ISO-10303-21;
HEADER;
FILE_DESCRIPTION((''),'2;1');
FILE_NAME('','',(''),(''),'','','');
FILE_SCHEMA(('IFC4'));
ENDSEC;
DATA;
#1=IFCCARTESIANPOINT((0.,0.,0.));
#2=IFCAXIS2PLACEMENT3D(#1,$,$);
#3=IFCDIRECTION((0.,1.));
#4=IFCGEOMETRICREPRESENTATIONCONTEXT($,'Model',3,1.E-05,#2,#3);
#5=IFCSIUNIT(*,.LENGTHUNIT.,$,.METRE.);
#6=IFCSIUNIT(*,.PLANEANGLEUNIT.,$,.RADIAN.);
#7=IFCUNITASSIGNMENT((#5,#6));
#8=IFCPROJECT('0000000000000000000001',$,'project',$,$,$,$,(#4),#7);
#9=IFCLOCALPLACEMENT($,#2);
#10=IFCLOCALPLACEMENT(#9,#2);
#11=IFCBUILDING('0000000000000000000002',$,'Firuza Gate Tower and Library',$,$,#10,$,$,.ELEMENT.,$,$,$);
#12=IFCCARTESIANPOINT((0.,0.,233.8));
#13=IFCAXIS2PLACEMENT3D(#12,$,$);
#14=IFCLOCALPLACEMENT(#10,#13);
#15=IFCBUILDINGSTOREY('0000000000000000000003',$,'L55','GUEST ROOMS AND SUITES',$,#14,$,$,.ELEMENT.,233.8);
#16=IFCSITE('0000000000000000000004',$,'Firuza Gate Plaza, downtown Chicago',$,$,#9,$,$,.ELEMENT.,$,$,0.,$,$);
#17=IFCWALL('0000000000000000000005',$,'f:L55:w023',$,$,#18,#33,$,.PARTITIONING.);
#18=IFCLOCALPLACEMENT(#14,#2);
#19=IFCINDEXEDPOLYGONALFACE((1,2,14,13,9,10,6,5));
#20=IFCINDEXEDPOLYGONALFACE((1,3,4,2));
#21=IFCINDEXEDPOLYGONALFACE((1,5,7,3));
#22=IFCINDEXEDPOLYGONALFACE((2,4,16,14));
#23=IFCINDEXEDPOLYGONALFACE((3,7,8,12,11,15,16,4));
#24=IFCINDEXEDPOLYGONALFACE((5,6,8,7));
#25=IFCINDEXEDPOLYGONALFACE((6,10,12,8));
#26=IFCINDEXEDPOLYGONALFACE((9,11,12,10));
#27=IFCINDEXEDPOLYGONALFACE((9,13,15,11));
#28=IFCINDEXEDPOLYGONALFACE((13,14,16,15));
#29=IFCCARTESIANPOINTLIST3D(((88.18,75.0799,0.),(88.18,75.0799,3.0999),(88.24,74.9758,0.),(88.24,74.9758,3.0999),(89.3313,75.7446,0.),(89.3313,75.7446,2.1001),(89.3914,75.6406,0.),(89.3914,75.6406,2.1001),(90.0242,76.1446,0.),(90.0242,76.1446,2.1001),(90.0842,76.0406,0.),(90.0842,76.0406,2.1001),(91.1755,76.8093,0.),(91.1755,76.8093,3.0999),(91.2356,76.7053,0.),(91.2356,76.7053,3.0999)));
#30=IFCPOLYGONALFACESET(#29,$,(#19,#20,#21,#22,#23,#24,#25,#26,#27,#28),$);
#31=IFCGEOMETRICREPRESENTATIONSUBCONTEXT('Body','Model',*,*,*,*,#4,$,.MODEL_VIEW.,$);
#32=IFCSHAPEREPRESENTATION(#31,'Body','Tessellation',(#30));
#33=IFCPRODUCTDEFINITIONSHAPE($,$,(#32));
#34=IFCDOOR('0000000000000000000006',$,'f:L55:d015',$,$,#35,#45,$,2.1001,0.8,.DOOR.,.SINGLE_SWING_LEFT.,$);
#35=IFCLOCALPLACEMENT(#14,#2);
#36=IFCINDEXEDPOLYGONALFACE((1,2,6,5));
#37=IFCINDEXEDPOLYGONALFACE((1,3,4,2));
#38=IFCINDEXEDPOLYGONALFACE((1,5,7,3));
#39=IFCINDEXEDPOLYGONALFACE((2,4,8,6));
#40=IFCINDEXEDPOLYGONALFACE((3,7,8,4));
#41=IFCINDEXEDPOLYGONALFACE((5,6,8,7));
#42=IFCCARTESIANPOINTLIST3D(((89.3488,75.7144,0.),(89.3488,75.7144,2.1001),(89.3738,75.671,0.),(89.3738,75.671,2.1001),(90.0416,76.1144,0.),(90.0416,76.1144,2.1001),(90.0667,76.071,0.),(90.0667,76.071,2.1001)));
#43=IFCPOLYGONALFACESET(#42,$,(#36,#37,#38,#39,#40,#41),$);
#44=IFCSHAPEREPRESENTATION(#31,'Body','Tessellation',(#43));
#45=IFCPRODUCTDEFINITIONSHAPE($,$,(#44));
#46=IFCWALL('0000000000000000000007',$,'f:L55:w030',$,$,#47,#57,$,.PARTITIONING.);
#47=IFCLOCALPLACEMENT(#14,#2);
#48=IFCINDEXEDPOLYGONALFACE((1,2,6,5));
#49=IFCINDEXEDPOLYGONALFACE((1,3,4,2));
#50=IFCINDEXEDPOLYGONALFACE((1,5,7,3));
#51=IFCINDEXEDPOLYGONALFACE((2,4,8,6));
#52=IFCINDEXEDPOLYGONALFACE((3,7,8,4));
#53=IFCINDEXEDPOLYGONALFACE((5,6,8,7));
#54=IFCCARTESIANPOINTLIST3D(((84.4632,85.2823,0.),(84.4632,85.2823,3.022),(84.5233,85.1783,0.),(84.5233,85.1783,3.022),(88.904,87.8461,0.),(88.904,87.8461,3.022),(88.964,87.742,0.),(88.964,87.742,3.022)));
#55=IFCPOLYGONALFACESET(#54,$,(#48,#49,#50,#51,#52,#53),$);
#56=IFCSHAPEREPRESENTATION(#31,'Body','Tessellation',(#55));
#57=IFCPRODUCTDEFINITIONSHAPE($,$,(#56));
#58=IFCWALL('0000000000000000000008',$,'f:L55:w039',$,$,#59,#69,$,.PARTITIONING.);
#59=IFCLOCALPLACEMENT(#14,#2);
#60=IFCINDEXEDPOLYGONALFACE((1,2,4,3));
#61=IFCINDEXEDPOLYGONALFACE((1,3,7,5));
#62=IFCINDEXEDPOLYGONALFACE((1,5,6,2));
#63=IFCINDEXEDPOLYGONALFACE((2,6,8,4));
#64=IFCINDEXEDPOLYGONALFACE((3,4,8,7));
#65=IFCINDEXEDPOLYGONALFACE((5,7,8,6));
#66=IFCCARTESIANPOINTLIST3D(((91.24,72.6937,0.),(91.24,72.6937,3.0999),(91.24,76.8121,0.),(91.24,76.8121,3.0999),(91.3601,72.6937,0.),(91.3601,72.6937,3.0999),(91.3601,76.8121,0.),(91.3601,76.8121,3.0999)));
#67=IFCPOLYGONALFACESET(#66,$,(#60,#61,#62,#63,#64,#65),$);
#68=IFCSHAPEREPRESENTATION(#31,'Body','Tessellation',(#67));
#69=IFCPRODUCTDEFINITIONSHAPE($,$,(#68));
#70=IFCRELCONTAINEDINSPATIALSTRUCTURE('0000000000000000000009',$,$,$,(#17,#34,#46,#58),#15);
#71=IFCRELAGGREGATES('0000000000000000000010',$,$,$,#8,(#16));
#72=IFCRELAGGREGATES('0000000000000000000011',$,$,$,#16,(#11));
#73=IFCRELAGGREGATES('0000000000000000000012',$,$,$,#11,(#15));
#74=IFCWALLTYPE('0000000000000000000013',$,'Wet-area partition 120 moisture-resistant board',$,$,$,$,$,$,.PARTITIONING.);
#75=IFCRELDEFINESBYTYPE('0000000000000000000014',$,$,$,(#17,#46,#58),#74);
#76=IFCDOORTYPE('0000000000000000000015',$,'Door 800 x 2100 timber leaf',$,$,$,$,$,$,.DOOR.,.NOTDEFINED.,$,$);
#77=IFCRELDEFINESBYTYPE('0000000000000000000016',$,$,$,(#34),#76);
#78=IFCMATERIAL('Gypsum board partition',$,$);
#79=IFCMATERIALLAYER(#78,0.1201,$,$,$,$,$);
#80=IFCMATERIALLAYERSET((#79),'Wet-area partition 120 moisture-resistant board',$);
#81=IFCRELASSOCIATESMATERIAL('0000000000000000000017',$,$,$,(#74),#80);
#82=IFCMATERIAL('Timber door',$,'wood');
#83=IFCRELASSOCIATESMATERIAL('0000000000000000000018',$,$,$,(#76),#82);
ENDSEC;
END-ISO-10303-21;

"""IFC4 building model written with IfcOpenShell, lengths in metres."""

from ifc_helpers import new_model, si_unit, direction, frame, frame_2d, origin, place, context, subcontext, project, spatial, rectangle, extrude, material, layer, layer_set, type_object, element, fill, save


model = new_model("IFC4")

# Units and contexts
model_context = context("Model", 3, precision=1e-05, world=origin(), true_north=direction((0.0, 1.0)))
body_context = subcontext(model_context, "Body", "Model", "MODEL_VIEW")
ifc_project = project(units=[si_unit("LENGTHUNIT", "METRE"), si_unit("PLANEANGLEUNIT", "RADIAN")], contexts=[model_context])

# Site, building, storey
site_placement = place(None, origin())
site = spatial("IfcSite", under=ifc_project, at=site_placement, Name="Firuza Gate Plaza, downtown Chicago", CompositionType="ELEMENT", RefElevation=0.0)
building_placement = place(site_placement, origin())
building = spatial("IfcBuilding", under=site, at=building_placement, Name="Firuza Gate Tower and Library", CompositionType="ELEMENT")
storey_placement = place(building_placement, frame((0.0, 0.0, 233.8)))
storey = spatial("IfcBuildingStorey", under=building, at=storey_placement, Name="L55", Description="GUEST ROOMS AND SUITES", CompositionType="ELEMENT", Elevation=233.8)

# Wall, opening, door
ifc_material_1 = material(Name="Gypsum board partition")
ifc_layer_1 = layer(ifc_material_1, 0.1201)
ifc_layer_set_1 = layer_set([ifc_layer_1], Name="Wet-area partition 120 moisture-resistant board")
wall_type_1 = type_object("IfcWallType", Name="Wet-area partition 120 moisture-resistant board", PredefinedType="PARTITIONING", material=ifc_layer_set_1)
wall_1_placement = place(storey_placement, frame((91.2056, 76.7573, 0.0), z_axis=(0.0, 0.0, 1.0), x_axis=(-0.866028, -0.499995, 0.0)))
wall_1 = element("IfcWall", 1, at=wall_1_placement, inside=storey, type_object=wall_type_1, Name="f:L55:w023", PredefinedType="PARTITIONING", context=body_context, shape_type="SweptSolid", body=[
    extrude(rectangle(XDim=3.459, YDim=0.1201, at=frame_2d((1.7295, 0.0))), origin(), (0.0, 0.0, 1.0), 3.0999),
])
opening_1_placement = place(wall_1_placement, frame((1.3296, 0.0, 0.0)))
opening_1 = element("IfcOpeningElement", 2, at=opening_1_placement, cuts=wall_1, PredefinedType="OPENING", context=body_context, shape_type="SweptSolid", body=[
    extrude(rectangle(XDim=0.8, YDim=2.1001, at=frame_2d((0.3999, 1.05))), frame((0.0, 0.0701, 0.0), z_axis=(0.0, -1.0, 0.0), x_axis=(1.0, 0.0, 0.0)), (0.0, 0.0, 1.0), 0.1401),
])
ifc_material_2 = material(Name="Timber door", Category="wood")
door_type_1 = type_object("IfcDoorType", Name="Door 800 x 2100 timber leaf", OperationType="NOTDEFINED", PredefinedType="DOOR", material=ifc_material_2)
door_1_placement = place(opening_1_placement, origin())
door_1 = element("IfcDoor", 3, at=door_1_placement, inside=storey, type_object=door_type_1, Name="f:L55:d015", OperationType="SINGLE_SWING_LEFT", OverallHeight=2.1001, OverallWidth=0.8, PredefinedType="DOOR", context=body_context, shape_type="SweptSolid", body=[
    extrude(rectangle(XDim=0.8, YDim=2.1001, at=frame_2d((0.3999, 1.05))), frame((0.0, 0.0249, 0.0), z_axis=(0.0, -1.0, 0.0), x_axis=(1.0, 0.0, 0.0)), (0.0, 0.0, 1.0), 0.05),
])
fill(opening_1, door_1)

# Walls
wall_2_placement = place(storey_placement, frame((84.4932, 85.2302, 0.0), z_axis=(0.0, 0.0, 1.0), x_axis=(0.866034, 0.499985, 0.0)))
element("IfcWall", 4, at=wall_2_placement, inside=storey, type_object=wall_type_1, Name="f:L55:w030", PredefinedType="PARTITIONING", context=body_context, shape_type="SweptSolid", body=[
    extrude(rectangle(XDim=5.1277, YDim=0.1201, at=frame_2d((2.564, 0.0))), origin(), (0.0, 0.0, 1.0), 3.022),
])
wall_3_placement = place(storey_placement, frame((91.3, 72.6938, 0.0), z_axis=(0.0, 0.0, 1.0), x_axis=(0.0, 1.0, 0.0)))
element("IfcWall", 5, at=wall_3_placement, inside=storey, type_object=wall_type_1, Name="f:L55:w039", PredefinedType="PARTITIONING", context=body_context, shape_type="SweptSolid", body=[
    extrude(rectangle(XDim=4.1184, YDim=0.1201, at=frame_2d((2.0591, 0.0))), origin(), (0.0, 0.0, 1.0), 3.0999),
])

save(model, "model.ifc")
